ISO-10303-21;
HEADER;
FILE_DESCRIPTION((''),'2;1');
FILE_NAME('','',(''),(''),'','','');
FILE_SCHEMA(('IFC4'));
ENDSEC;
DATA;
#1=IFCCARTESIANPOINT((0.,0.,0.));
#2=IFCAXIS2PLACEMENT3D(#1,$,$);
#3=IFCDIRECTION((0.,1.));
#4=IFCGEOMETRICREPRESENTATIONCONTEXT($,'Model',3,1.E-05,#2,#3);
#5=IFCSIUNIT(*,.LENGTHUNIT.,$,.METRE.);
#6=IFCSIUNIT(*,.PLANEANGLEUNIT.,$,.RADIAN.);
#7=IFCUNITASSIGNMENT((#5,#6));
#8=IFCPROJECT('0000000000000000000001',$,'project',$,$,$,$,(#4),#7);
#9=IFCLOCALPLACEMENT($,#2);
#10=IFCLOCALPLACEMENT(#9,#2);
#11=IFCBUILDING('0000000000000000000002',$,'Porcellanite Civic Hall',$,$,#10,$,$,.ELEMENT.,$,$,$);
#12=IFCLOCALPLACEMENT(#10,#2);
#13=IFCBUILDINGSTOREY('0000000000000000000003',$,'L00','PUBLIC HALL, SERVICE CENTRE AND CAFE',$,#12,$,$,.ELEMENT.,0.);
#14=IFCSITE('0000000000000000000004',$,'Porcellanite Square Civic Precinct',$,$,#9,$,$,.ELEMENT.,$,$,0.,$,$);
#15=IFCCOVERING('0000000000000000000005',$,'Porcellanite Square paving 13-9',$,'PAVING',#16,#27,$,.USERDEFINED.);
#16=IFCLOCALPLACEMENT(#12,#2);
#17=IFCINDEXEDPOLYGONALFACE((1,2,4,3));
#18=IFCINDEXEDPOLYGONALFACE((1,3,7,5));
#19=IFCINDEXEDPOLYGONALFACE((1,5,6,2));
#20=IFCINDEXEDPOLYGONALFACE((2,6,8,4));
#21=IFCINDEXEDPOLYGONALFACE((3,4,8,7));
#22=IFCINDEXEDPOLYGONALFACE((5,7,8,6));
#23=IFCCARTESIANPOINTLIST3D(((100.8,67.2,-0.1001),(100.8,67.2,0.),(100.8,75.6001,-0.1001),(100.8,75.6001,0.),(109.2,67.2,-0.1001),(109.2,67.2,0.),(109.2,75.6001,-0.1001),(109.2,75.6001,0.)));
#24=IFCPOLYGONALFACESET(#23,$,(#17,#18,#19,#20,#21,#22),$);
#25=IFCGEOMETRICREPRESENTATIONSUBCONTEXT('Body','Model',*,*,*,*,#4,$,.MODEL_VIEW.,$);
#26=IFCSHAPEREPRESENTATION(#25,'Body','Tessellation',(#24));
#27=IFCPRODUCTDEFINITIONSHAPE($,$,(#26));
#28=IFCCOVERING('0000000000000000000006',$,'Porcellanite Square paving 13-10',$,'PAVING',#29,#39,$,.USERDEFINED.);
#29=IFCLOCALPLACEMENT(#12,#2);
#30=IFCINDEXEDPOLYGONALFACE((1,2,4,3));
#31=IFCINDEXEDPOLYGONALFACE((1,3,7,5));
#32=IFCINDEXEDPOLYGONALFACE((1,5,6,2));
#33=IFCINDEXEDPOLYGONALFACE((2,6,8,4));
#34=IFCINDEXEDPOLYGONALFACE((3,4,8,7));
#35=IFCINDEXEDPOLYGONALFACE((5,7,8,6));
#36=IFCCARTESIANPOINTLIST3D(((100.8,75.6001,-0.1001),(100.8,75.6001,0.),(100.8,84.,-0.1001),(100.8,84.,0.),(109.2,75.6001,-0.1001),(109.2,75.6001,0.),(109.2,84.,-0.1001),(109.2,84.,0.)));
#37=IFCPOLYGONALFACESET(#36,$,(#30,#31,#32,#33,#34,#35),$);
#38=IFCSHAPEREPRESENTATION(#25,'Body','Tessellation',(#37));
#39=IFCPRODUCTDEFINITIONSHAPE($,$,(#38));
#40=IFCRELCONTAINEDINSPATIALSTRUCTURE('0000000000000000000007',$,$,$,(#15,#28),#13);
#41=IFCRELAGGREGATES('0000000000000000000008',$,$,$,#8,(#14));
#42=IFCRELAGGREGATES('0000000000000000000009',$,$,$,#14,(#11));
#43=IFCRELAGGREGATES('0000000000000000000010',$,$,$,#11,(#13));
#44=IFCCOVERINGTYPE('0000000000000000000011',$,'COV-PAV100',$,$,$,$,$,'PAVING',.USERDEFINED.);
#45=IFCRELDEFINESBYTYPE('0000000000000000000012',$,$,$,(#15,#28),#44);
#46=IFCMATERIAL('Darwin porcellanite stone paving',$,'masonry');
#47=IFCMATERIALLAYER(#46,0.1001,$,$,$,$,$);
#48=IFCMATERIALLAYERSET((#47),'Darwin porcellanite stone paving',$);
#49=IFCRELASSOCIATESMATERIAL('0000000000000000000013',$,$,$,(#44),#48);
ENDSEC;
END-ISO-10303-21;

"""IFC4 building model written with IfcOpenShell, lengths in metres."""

from ifc_helpers import new_model, si_unit, direction, frame, origin, place, context, subcontext, project, spatial, polyline, outline, extrude, material, layer, layer_set, type_object, element, save


model = new_model("IFC4")

# Units and contexts
model_context = context("Model", 3, precision=1e-05, world=origin(), true_north=direction((0.0, 1.0)))
body_context = subcontext(model_context, "Body", "Model", "MODEL_VIEW")
ifc_project = project(units=[si_unit("LENGTHUNIT", "METRE"), si_unit("PLANEANGLEUNIT", "RADIAN")], contexts=[model_context])

# Site, building, storey
site_placement = place(None, origin())
site = spatial("IfcSite", under=ifc_project, at=site_placement, Name="Porcellanite Square Civic Precinct", CompositionType="ELEMENT", RefElevation=0.0)
building_placement = place(site_placement, origin())
building = spatial("IfcBuilding", under=site, at=building_placement, Name="Porcellanite Civic Hall", CompositionType="ELEMENT")
storey_placement = place(building_placement, origin())
storey = spatial("IfcBuildingStorey", under=building, at=storey_placement, Name="L00", Description="PUBLIC HALL, SERVICE CENTRE AND CAFE", CompositionType="ELEMENT", Elevation=0.0)

# Coverings
ifc_material_1 = material(Name="Darwin porcellanite stone paving", Category="masonry")
ifc_layer = layer(ifc_material_1, 0.1001)
ifc_layer_set = layer_set([ifc_layer], Name="Darwin porcellanite stone paving")
covering_type = type_object("IfcCoveringType", Name="COV-PAV100", ElementType="PAVING", PredefinedType="USERDEFINED", material=ifc_layer_set)
covering_1_placement = place(storey_placement, frame((0.0, 0.0, -0.1001)))
element("IfcCovering", 1, at=covering_1_placement, inside=storey, type_object=covering_type, Name="Porcellanite Square paving 13-9", ObjectType="PAVING", PredefinedType="USERDEFINED", context=body_context, shape_type="SweptSolid", body=[
    extrude(outline(polyline([(100.8, 67.2), (109.2, 67.2), (109.2, 75.6001), (100.8, 75.6001), (100.8, 67.2)])), origin(), (0.0, 0.0, 1.0), 0.1001),
])
covering_2_placement = place(storey_placement, frame((0.0, 0.0, -0.1001)))
element("IfcCovering", 2, at=covering_2_placement, inside=storey, type_object=covering_type, Name="Porcellanite Square paving 13-10", ObjectType="PAVING", PredefinedType="USERDEFINED", context=body_context, shape_type="SweptSolid", body=[
    extrude(outline(polyline([(100.8, 75.6001), (109.2, 75.6001), (109.2, 84.0), (100.8, 84.0), (100.8, 75.6001)])), origin(), (0.0, 0.0, 1.0), 0.1001),
])

save(model, "model.ifc")
